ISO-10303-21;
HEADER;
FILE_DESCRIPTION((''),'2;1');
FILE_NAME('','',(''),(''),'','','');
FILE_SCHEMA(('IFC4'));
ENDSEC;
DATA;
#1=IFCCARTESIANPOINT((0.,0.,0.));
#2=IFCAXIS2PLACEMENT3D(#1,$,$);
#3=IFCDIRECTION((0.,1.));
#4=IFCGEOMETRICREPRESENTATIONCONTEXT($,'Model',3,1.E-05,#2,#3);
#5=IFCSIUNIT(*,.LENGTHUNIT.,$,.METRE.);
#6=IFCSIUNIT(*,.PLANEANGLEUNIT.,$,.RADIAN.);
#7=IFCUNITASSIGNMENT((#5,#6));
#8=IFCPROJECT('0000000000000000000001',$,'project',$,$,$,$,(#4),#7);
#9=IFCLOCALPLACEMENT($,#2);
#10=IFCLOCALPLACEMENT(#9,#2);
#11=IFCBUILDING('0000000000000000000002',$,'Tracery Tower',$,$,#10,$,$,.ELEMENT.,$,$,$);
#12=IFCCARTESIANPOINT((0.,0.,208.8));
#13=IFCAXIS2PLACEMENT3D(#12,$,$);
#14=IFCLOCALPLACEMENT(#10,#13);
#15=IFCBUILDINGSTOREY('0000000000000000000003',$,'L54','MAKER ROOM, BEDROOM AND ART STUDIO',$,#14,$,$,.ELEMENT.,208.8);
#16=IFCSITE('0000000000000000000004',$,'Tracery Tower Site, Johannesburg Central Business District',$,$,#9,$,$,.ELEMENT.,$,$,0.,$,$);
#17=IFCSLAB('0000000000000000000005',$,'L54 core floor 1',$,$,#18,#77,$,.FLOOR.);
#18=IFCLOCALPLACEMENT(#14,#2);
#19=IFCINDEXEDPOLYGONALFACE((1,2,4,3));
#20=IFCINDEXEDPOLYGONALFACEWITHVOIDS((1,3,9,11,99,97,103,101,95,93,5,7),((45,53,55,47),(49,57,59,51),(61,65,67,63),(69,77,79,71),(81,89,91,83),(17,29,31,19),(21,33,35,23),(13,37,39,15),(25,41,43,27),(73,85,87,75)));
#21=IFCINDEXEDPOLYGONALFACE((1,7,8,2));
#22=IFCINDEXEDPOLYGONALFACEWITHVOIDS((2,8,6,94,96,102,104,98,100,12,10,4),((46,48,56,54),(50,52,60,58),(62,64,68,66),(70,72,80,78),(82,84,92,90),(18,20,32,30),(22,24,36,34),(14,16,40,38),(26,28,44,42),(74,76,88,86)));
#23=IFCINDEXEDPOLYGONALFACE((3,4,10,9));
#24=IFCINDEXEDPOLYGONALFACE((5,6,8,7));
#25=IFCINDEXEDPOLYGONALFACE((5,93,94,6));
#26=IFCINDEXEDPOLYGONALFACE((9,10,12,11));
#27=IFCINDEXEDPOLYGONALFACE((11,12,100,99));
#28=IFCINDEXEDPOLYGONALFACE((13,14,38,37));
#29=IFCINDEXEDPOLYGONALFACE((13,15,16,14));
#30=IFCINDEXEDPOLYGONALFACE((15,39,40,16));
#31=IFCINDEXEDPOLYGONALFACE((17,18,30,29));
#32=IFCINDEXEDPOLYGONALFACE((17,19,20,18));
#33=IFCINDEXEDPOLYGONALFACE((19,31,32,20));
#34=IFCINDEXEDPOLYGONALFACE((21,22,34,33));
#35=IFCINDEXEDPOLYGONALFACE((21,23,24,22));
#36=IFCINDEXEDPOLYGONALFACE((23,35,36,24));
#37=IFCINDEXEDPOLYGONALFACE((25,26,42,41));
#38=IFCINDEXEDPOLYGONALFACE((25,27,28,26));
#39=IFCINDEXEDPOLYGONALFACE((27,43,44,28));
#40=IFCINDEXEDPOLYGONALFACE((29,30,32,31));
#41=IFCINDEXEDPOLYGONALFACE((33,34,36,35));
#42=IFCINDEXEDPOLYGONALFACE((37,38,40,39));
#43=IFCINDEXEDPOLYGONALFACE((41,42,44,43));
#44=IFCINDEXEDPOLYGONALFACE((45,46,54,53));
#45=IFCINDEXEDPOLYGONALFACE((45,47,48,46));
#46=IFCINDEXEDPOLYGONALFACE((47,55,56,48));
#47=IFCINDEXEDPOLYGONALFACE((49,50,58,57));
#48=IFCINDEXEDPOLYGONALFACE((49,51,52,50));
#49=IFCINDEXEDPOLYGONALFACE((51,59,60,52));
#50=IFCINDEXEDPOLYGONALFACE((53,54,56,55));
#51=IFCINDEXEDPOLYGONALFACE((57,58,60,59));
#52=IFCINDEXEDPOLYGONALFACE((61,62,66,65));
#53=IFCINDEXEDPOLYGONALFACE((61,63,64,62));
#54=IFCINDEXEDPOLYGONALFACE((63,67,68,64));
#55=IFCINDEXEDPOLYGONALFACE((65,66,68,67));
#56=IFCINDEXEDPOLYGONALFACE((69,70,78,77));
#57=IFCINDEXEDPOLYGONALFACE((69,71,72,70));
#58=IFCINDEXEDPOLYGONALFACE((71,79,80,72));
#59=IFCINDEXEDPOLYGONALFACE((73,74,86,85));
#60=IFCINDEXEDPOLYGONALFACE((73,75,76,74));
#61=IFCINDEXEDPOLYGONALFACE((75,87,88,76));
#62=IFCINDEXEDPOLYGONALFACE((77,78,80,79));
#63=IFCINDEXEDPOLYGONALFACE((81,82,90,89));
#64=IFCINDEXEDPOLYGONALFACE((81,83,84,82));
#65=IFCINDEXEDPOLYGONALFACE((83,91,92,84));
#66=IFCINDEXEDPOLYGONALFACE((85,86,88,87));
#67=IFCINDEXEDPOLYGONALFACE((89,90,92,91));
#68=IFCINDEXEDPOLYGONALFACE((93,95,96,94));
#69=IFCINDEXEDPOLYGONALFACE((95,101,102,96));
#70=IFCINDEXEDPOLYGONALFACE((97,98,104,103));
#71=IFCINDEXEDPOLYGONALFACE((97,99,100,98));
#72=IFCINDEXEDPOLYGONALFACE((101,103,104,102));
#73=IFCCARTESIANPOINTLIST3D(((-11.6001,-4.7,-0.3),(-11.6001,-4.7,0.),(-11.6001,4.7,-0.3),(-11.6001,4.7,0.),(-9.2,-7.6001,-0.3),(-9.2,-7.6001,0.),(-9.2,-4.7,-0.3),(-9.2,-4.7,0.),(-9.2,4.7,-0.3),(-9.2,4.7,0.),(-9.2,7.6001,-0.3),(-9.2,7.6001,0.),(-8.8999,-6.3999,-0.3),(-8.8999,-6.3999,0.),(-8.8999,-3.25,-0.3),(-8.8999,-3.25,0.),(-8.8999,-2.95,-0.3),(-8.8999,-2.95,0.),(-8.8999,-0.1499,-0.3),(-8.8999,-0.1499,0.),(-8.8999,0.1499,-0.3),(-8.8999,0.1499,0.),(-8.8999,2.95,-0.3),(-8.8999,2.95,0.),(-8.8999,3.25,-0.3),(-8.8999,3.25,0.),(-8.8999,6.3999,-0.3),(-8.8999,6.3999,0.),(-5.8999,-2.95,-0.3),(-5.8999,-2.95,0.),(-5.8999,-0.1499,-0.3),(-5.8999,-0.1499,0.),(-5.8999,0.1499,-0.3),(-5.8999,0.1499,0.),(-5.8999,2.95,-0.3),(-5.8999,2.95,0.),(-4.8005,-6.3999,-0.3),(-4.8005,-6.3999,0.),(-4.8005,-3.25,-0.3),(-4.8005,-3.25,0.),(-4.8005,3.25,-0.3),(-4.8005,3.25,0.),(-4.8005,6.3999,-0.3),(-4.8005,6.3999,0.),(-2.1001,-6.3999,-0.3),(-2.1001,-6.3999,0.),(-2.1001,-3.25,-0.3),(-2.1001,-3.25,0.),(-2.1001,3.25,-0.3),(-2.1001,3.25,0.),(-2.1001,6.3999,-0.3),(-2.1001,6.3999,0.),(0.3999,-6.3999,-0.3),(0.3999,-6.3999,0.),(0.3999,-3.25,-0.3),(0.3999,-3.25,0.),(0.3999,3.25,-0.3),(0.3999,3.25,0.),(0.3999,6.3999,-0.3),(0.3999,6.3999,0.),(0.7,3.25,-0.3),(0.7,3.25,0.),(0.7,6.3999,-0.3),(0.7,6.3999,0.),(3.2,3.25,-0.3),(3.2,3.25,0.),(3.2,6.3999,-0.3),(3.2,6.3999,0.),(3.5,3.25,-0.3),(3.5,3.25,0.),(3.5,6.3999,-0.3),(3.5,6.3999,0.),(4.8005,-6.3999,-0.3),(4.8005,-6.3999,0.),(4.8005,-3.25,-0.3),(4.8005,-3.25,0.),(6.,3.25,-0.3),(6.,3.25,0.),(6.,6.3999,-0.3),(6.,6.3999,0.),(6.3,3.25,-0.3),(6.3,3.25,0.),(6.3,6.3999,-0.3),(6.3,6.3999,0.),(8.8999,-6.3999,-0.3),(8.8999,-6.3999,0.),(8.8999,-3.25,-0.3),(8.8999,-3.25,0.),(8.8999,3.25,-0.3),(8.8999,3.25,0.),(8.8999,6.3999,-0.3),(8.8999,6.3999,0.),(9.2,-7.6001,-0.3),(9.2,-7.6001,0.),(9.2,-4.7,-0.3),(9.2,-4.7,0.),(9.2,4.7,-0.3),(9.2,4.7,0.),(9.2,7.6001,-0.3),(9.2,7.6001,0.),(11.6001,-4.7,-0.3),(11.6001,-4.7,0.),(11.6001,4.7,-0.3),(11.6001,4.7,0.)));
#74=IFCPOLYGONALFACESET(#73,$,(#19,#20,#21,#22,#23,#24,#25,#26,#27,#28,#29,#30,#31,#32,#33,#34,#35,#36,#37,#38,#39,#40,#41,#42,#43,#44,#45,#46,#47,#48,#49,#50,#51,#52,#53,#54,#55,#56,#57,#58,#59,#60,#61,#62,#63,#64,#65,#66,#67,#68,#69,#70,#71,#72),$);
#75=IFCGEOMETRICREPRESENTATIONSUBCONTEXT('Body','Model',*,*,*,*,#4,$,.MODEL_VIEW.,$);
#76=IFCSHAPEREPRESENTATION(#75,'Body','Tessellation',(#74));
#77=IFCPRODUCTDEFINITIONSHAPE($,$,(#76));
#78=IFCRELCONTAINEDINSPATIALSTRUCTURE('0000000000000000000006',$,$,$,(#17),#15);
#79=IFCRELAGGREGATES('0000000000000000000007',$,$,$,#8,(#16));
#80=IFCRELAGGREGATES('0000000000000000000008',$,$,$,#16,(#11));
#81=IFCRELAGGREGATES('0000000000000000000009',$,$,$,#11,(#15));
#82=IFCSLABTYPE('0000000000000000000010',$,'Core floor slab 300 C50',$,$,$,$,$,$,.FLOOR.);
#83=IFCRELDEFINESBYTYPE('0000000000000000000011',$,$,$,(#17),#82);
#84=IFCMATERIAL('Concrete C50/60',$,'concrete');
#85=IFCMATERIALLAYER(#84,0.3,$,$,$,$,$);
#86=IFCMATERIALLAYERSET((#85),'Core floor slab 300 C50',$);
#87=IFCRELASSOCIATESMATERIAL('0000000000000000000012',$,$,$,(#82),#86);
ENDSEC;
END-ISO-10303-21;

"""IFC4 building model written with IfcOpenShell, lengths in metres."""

from ifc_helpers import new_model, si_unit, direction, frame, origin, place, context, subcontext, project, spatial, polyline, outline, extrude, material, layer, layer_set, type_object, element, save


model = new_model("IFC4")

# Units and contexts
model_context = context("Model", 3, precision=1e-05, world=origin(), true_north=direction((0.0, 1.0)))
body_context = subcontext(model_context, "Body", "Model", "MODEL_VIEW")
ifc_project = project(units=[si_unit("LENGTHUNIT", "METRE"), si_unit("PLANEANGLEUNIT", "RADIAN")], contexts=[model_context])

# Site, building, storey
site_placement = place(None, origin())
site = spatial("IfcSite", under=ifc_project, at=site_placement, Name="Tracery Tower Site, Johannesburg Central Business District", CompositionType="ELEMENT", RefElevation=0.0)
building_placement = place(site_placement, origin())
building = spatial("IfcBuilding", under=site, at=building_placement, Name="Tracery Tower", CompositionType="ELEMENT")
storey_placement = place(building_placement, frame((0.0, 0.0, 208.8)))
storey = spatial("IfcBuildingStorey", under=building, at=storey_placement, Name="L54", Description="MAKER ROOM, BEDROOM AND ART STUDIO", CompositionType="ELEMENT", Elevation=208.8)

# Slab
ifc_material_1 = material(Name="Concrete C50/60", Category="concrete")
ifc_layer_1 = layer(ifc_material_1, 0.3)
ifc_layer_set_1 = layer_set([ifc_layer_1], Name="Core floor slab 300 C50")
slab_type_1 = type_object("IfcSlabType", Name="Core floor slab 300 C50", PredefinedType="FLOOR", material=ifc_layer_set_1)
slab_1_placement = place(storey_placement, frame((0.0, 0.0, -0.3)))
element("IfcSlab", 1, at=slab_1_placement, inside=storey, type_object=slab_type_1, Name="L54 core floor 1", PredefinedType="FLOOR", context=body_context, shape_type="SweptSolid", body=[
    extrude(outline(polyline([(-9.2, 7.6001), (9.2, 7.6001), (9.2, 4.7), (11.6001, 4.7), (11.6001, -4.7), (9.2, -4.7), (9.2, -7.6001), (-9.2, -7.6001), (-9.2, -4.7), (-11.6001, -4.7), (-11.6001, 4.7), (-9.2, 4.7), (-9.2, 7.6001)]), holes=[polyline([(4.8005, -6.3999), (8.8999, -6.3999), (8.8999, -3.25), (4.8005, -3.25), (4.8005, -6.3999)]), polyline([(8.8999, 3.25), (8.8999, 6.3999), (6.3, 6.3999), (6.3, 3.25), (8.8999, 3.25)]), polyline([(6.0, 3.25), (6.0, 6.3999), (3.5, 6.3999), (3.5, 3.25), (6.0, 3.25)]), polyline([(3.2, 3.25), (3.2, 6.3999), (0.7, 6.3999), (0.7, 3.25), (3.2, 3.25)]), polyline([(-2.1001, 3.25), (0.3999, 3.25), (0.3999, 6.3999), (-2.1001, 6.3999), (-2.1001, 3.25)]), polyline([(0.3999, -6.3999), (0.3999, -3.25), (-2.1001, -3.25), (-2.1001, -6.3999), (0.3999, -6.3999)]), polyline([(-4.8005, -3.25), (-8.8999, -3.25), (-8.8999, -6.3999), (-4.8005, -6.3999), (-4.8005, -3.25)]), polyline([(-4.8005, 6.3999), (-8.8999, 6.3999), (-8.8999, 3.25), (-4.8005, 3.25), (-4.8005, 6.3999)]), polyline([(-5.8999, -2.95), (-5.8999, -0.1499), (-8.8999, -0.1499), (-8.8999, -2.95), (-5.8999, -2.95)]), polyline([(-5.8999, 0.1499), (-5.8999, 2.95), (-8.8999, 2.95), (-8.8999, 0.1499), (-5.8999, 0.1499)])]), origin(), (0.0, 0.0, 1.0), 0.3),
])

save(model, "model.ifc")
